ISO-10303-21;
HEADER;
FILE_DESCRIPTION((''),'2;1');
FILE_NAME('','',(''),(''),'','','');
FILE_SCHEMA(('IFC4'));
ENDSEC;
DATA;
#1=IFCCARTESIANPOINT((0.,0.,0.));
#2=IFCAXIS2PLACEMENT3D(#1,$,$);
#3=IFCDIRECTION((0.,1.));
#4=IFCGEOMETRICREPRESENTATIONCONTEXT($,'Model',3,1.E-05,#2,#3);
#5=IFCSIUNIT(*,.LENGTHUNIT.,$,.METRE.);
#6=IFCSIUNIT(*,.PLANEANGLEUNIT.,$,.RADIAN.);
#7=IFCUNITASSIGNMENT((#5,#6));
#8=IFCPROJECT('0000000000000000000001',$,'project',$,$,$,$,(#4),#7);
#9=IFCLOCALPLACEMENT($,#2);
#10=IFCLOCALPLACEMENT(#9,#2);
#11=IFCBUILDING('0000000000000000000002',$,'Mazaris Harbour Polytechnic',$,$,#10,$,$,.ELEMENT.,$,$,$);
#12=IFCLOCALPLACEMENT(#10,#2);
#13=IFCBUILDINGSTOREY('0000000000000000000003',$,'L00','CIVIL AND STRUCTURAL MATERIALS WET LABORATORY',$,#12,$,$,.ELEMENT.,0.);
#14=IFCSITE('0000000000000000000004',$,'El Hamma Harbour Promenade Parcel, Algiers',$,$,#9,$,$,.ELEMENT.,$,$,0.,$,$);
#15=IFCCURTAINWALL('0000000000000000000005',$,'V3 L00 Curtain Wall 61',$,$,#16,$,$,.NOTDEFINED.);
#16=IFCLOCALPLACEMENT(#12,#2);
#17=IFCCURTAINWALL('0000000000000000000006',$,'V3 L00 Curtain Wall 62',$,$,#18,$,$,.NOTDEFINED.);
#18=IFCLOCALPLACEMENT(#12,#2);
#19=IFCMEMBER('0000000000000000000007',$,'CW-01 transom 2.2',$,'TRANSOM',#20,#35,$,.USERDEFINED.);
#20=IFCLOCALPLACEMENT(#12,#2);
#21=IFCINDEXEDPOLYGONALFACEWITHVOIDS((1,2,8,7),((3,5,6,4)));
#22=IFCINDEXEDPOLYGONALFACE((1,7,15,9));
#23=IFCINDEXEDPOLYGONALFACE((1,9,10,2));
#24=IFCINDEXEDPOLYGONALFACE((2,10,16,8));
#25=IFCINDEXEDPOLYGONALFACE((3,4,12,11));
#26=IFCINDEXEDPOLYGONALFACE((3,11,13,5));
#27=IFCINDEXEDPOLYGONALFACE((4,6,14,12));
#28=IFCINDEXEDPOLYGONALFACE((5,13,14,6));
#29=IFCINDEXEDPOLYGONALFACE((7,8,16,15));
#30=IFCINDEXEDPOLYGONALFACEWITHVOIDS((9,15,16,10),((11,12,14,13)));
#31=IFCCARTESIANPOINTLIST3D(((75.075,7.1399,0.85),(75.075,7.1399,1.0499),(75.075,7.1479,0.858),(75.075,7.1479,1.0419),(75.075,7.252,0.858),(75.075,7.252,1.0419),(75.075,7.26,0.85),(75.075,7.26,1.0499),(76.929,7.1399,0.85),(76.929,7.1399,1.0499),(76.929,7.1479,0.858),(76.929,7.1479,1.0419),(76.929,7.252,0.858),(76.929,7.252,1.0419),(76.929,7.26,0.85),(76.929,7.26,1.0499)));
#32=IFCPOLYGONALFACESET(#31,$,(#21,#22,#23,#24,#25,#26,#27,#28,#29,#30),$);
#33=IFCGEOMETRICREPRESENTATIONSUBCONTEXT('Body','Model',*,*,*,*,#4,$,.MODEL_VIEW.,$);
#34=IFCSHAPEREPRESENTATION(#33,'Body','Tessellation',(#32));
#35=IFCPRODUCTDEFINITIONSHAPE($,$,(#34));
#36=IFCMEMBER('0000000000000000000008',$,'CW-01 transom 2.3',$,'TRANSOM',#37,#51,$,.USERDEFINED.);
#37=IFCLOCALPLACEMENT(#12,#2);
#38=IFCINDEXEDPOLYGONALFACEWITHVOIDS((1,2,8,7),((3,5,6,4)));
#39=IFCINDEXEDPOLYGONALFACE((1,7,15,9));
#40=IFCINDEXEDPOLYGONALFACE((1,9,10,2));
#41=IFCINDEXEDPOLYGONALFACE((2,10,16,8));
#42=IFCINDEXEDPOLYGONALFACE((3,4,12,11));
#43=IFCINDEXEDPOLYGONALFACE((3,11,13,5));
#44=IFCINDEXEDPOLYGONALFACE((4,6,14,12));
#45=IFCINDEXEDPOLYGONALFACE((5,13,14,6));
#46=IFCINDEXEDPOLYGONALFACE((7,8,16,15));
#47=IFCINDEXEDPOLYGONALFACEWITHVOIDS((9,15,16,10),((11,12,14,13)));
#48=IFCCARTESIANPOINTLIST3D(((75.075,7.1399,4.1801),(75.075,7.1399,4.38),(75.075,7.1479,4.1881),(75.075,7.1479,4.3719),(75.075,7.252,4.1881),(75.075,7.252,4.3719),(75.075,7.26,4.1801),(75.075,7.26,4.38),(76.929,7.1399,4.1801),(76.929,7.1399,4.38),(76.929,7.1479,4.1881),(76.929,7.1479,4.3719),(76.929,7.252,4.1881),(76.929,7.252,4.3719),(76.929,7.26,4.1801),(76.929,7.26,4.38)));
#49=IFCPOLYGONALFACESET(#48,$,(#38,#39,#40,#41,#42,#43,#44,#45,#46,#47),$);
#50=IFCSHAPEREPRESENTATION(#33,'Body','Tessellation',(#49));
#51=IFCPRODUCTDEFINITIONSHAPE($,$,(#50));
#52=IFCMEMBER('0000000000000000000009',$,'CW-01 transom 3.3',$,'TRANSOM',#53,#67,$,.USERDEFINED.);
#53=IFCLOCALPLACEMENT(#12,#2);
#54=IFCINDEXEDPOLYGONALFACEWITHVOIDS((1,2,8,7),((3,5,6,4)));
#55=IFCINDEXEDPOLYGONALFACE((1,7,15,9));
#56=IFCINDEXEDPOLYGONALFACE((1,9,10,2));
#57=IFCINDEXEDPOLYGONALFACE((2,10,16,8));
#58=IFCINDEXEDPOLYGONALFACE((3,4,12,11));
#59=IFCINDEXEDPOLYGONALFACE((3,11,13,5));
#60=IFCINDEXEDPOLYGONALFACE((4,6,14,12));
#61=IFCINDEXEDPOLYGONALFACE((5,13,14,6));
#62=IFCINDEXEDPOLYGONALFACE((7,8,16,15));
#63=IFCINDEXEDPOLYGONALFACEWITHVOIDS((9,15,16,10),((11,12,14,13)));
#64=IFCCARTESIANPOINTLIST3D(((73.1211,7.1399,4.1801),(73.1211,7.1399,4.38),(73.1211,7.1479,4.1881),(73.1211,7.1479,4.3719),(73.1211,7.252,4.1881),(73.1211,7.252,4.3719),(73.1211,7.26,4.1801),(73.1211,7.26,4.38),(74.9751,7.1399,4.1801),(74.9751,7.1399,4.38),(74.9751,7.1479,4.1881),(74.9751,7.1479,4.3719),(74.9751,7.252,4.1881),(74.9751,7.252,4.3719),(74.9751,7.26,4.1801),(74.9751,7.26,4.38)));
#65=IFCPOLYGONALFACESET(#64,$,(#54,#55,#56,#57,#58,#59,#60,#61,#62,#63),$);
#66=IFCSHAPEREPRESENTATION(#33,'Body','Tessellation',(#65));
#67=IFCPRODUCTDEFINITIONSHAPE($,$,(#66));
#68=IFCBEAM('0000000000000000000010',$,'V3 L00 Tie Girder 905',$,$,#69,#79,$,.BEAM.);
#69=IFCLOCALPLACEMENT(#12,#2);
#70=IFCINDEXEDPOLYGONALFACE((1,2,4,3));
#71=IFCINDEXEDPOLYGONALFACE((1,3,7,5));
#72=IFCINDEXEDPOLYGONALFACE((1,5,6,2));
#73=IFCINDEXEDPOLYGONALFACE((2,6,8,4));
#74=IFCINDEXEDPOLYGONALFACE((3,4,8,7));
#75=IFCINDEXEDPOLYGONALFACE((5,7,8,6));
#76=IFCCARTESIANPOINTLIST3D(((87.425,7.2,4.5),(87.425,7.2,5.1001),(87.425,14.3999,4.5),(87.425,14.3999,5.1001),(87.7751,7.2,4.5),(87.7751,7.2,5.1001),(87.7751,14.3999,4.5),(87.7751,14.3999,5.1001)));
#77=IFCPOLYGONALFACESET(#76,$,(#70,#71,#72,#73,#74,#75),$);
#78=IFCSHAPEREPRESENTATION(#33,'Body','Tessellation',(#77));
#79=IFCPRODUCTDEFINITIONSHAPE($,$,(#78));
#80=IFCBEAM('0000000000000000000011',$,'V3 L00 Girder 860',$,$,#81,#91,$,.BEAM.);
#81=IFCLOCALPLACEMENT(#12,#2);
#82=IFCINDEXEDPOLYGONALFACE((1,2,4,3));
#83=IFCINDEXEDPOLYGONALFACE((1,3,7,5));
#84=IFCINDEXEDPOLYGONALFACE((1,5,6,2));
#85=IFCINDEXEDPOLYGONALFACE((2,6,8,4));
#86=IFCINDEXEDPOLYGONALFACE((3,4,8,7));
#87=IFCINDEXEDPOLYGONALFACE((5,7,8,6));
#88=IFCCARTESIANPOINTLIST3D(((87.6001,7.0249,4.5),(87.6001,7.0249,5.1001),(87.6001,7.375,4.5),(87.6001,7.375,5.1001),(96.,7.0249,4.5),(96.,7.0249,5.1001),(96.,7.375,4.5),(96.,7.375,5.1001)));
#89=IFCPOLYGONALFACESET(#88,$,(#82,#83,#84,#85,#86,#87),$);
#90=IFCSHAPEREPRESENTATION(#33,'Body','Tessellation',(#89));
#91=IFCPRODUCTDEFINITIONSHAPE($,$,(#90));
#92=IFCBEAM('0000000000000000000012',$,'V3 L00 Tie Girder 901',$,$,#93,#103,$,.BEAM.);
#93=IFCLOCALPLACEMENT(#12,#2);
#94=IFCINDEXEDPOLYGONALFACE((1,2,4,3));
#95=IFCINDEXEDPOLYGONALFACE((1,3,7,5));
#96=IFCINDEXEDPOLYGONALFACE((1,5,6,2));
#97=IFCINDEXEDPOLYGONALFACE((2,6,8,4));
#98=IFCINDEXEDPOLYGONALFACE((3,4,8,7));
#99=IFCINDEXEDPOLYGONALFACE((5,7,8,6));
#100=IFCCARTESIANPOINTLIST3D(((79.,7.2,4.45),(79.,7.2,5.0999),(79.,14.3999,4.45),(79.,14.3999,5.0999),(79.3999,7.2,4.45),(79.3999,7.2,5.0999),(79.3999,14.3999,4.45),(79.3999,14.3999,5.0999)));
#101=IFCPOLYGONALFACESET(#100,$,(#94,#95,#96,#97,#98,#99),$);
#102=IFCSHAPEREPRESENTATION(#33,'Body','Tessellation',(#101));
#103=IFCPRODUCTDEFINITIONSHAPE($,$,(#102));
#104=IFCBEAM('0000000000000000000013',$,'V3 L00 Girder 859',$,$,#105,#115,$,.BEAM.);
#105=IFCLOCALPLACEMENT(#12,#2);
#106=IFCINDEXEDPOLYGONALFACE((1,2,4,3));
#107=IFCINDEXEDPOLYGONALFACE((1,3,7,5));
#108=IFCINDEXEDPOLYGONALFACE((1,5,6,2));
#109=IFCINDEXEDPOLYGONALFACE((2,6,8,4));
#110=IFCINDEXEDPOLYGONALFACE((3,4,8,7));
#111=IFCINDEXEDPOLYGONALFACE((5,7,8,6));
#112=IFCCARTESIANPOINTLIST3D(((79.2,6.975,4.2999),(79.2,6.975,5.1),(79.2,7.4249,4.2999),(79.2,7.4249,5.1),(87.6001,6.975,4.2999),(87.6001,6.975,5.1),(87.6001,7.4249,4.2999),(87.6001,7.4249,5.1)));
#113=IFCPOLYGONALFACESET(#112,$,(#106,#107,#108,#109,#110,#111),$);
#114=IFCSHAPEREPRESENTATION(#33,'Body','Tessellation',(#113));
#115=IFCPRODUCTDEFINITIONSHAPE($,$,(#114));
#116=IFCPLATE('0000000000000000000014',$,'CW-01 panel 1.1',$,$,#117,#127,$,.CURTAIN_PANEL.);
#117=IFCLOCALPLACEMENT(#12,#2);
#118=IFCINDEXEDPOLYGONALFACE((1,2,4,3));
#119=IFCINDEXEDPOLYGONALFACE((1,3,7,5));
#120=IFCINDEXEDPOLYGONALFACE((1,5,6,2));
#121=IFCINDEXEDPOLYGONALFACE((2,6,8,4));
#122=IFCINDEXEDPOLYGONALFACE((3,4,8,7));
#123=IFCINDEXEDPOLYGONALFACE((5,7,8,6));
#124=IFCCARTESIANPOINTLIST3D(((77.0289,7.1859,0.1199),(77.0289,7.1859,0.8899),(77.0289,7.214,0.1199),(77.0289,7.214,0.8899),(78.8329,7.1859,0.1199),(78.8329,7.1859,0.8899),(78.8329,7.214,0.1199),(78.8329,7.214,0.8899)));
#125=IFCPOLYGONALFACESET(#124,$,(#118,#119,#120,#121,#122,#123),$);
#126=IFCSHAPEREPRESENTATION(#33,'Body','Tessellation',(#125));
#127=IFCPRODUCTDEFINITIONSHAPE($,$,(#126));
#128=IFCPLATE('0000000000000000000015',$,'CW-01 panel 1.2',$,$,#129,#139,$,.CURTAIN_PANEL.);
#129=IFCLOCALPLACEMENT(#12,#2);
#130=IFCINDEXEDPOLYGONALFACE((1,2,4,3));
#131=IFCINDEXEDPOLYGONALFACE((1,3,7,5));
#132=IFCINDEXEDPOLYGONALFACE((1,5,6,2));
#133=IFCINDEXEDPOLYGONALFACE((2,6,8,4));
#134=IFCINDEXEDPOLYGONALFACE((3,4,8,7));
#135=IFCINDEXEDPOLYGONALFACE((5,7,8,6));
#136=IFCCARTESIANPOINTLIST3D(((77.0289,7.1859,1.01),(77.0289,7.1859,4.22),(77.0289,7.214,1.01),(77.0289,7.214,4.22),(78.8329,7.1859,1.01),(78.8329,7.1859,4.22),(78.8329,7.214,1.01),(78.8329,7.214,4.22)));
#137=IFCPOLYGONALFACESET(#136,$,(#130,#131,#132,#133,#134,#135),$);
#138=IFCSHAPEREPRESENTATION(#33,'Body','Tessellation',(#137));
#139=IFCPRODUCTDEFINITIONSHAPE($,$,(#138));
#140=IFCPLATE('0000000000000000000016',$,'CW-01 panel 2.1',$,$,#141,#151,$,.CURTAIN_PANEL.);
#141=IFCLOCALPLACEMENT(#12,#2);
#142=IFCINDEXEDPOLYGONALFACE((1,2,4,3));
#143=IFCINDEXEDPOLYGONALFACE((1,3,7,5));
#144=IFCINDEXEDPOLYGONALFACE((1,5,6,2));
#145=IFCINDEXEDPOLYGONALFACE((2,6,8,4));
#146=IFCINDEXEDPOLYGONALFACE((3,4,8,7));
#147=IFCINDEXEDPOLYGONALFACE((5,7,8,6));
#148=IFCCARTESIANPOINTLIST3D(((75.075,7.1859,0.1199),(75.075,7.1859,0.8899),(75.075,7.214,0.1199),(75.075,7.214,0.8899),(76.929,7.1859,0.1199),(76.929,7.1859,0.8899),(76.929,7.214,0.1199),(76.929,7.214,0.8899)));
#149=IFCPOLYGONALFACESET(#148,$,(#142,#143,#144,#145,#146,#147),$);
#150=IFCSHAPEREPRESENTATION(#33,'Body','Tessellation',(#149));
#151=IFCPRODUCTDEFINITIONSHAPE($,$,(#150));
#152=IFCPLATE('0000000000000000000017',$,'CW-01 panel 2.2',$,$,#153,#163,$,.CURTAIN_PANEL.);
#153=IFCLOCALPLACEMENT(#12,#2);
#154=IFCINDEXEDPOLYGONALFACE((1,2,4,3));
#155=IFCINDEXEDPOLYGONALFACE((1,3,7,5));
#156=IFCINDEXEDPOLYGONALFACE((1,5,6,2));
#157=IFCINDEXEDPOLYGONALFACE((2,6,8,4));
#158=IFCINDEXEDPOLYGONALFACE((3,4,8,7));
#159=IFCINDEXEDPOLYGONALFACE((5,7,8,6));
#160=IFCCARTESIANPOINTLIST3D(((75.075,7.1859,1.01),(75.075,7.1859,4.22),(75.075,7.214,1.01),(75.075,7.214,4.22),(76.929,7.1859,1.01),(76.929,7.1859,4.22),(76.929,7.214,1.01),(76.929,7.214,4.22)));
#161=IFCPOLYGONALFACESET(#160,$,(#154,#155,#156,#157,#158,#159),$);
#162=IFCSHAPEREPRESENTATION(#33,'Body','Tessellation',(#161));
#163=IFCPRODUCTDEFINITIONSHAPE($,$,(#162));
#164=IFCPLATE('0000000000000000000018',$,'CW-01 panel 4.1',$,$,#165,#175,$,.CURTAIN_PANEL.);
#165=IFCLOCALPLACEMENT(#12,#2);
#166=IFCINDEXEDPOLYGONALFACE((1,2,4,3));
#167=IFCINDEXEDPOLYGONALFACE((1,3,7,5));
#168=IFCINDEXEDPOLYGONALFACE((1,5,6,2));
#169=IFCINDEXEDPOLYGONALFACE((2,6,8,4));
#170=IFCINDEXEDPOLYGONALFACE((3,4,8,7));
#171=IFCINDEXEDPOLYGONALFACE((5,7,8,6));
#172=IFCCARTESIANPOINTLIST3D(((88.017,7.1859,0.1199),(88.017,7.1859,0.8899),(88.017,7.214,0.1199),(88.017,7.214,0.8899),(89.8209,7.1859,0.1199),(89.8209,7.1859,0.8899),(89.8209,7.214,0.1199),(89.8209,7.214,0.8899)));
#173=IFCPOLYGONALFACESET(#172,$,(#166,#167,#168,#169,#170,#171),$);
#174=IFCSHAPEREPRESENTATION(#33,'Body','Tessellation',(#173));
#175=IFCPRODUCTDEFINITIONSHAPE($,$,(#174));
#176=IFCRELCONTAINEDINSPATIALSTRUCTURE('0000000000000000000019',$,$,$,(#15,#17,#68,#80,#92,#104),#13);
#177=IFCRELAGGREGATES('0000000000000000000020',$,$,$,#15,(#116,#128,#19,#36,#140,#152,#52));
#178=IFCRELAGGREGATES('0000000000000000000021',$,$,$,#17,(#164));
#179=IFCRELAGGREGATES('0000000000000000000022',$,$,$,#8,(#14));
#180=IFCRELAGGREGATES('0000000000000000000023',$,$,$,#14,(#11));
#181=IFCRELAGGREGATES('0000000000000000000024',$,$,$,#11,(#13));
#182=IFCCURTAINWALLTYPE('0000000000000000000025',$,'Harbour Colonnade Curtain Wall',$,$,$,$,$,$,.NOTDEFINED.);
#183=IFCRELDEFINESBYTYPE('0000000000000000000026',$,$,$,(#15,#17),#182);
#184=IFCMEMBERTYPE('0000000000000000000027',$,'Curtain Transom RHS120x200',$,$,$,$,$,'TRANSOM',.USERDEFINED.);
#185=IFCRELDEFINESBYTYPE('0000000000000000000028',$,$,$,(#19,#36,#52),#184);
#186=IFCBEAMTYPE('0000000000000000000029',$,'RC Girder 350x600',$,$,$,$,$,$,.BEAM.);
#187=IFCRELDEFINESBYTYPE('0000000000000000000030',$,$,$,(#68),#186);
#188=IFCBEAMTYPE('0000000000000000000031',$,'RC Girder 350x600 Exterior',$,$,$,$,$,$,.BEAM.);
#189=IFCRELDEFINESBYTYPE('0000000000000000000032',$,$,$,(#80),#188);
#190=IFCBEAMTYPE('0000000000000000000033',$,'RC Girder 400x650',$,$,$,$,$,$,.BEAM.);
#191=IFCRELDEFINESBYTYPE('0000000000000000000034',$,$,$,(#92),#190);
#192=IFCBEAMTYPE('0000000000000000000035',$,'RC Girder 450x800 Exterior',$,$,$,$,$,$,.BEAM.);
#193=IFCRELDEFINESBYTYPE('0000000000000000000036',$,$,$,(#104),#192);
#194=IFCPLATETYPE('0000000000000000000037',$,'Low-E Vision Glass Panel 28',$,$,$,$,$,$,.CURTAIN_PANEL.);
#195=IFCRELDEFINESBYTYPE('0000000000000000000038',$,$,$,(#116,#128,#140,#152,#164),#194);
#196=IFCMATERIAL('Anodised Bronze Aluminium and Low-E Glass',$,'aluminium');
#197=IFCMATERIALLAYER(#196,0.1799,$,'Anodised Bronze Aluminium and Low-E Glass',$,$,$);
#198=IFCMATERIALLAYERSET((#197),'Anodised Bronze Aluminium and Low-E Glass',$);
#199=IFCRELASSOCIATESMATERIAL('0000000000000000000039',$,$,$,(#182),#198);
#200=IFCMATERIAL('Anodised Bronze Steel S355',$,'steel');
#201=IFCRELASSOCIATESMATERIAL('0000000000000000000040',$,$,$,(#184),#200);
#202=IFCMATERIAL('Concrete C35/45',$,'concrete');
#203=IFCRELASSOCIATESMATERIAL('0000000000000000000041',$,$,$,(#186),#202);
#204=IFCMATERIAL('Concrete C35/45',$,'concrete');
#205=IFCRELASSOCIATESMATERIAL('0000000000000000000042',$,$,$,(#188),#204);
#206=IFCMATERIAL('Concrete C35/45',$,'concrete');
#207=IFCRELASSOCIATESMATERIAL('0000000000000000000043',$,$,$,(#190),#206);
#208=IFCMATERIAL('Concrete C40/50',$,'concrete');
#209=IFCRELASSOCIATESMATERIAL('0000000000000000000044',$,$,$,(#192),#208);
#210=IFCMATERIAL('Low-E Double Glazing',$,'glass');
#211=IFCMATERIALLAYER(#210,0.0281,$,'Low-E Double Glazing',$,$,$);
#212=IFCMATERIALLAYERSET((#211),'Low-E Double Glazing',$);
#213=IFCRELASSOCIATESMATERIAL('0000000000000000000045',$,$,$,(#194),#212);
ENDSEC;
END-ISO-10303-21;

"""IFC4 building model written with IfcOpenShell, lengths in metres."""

from ifc_helpers import new_model, si_unit, direction, frame, origin, origin_2d, place, context, subcontext, project, spatial, rectangle, hollow_rectangle, extrude, material, layer, layer_set, material_profile, profile_set, type_object, element, aggregate, save


model = new_model("IFC4")

# Units and contexts
model_context = context("Model", 3, precision=1e-05, world=origin(), true_north=direction((0.0, 1.0)))
body_context = subcontext(model_context, "Body", "Model", "MODEL_VIEW")
ifc_project = project(units=[si_unit("LENGTHUNIT", "METRE"), si_unit("PLANEANGLEUNIT", "RADIAN")], contexts=[model_context])

# Site, building, storey
site_placement = place(None, origin())
site = spatial("IfcSite", under=ifc_project, at=site_placement, Name="El Hamma Harbour Promenade Parcel, Algiers", CompositionType="ELEMENT", RefElevation=0.0)
building_placement = place(site_placement, origin())
building = spatial("IfcBuilding", under=site, at=building_placement, Name="Mazaris Harbour Polytechnic", CompositionType="ELEMENT")
storey_placement = place(building_placement, origin())
storey = spatial("IfcBuildingStorey", under=building, at=storey_placement, Name="L00", Description="CIVIL AND STRUCTURAL MATERIALS WET LABORATORY", CompositionType="ELEMENT", Elevation=0.0)

# Curtain wall
ifc_material_1 = material(Name="Anodised Bronze Aluminium and Low-E Glass", Category="aluminium")
ifc_layer_1 = layer(ifc_material_1, 0.1799, Name="Anodised Bronze Aluminium and Low-E Glass")
ifc_layer_set_1 = layer_set([ifc_layer_1], Name="Anodised Bronze Aluminium and Low-E Glass")
curtain_wall_type = type_object("IfcCurtainWallType", Name="Harbour Colonnade Curtain Wall", PredefinedType="NOTDEFINED", material=ifc_layer_set_1)
curtain_wall_1_placement = place(storey_placement, origin())
curtain_wall_1 = element("IfcCurtainWall", 1, at=curtain_wall_1_placement, inside=storey, type_object=curtain_wall_type, Name="V3 L00 Curtain Wall 61", PredefinedType="NOTDEFINED")

# Curtain wall
curtain_wall_2_placement = place(storey_placement, origin())
curtain_wall_2 = element("IfcCurtainWall", 2, at=curtain_wall_2_placement, inside=storey, type_object=curtain_wall_type, Name="V3 L00 Curtain Wall 62", PredefinedType="NOTDEFINED")

# Members
ifc_material_2 = material(Name="Anodised Bronze Steel S355", Category="steel")
ifc_material_profile_1 = material_profile(ifc_material_2, hollow_rectangle(XDim=0.1201, YDim=0.2, WallThickness=0.0081, at=origin_2d()), Name="RHS 120x200x8.0")
ifc_profile_set_1 = profile_set([ifc_material_profile_1], Name="Anodised Bronze Steel S355")
member_type_1 = type_object("IfcMemberType", Name="Curtain Transom RHS120x200", ElementType="TRANSOM", PredefinedType="USERDEFINED", material=ifc_profile_set_1)
member_1_placement = place(storey_placement, frame((76.929, 7.2, 0.95), z_axis=(-1.0, 0.0, 0.0), x_axis=(0.0, -1.0, 0.0)))
member_1 = element("IfcMember", 3, at=member_1_placement, type_object=member_type_1, Name="CW-01 transom 2.2", ObjectType="TRANSOM", PredefinedType="USERDEFINED", context=body_context, shape_type="SweptSolid", body=[
    extrude(hollow_rectangle(XDim=0.1201, YDim=0.2, WallThickness=0.0081, at=origin_2d()), origin(), (0.0, 0.0, 1.0), 1.854),
])
member_2_placement = place(storey_placement, frame((76.929, 7.2, 4.28), z_axis=(-1.0, 0.0, 0.0), x_axis=(0.0, -1.0, 0.0)))
member_2 = element("IfcMember", 4, at=member_2_placement, type_object=member_type_1, Name="CW-01 transom 2.3", ObjectType="TRANSOM", PredefinedType="USERDEFINED", context=body_context, shape_type="SweptSolid", body=[
    extrude(hollow_rectangle(XDim=0.1201, YDim=0.2, WallThickness=0.0081, at=origin_2d()), origin(), (0.0, 0.0, 1.0), 1.854),
])
member_3_placement = place(storey_placement, frame((74.9751, 7.2, 4.28), z_axis=(-1.0, 0.0, 0.0), x_axis=(0.0, -1.0, 0.0)))
member_3 = element("IfcMember", 5, at=member_3_placement, type_object=member_type_1, Name="CW-01 transom 3.3", ObjectType="TRANSOM", PredefinedType="USERDEFINED", context=body_context, shape_type="SweptSolid", body=[
    extrude(hollow_rectangle(XDim=0.1201, YDim=0.2, WallThickness=0.0081, at=origin_2d()), origin(), (0.0, 0.0, 1.0), 1.854),
])

# Beams
ifc_material_3 = material(Name="Concrete C35/45", Category="concrete")
ifc_material_profile_2 = material_profile(ifc_material_3, rectangle(XDim=0.3501, YDim=0.6001, at=origin_2d()), Name="RECT350x600")
ifc_profile_set_2 = profile_set([ifc_material_profile_2], Name="Concrete C35/45")
beam_type_1 = type_object("IfcBeamType", Name="RC Girder 350x600", PredefinedType="BEAM", material=ifc_profile_set_2)
beam_1_placement = place(storey_placement, frame((87.6001, 7.2, 4.8), z_axis=(0.0, 1.0, 0.0), x_axis=(-1.0, 0.0, 0.0)))
element("IfcBeam", 6, at=beam_1_placement, inside=storey, type_object=beam_type_1, Name="V3 L00 Tie Girder 905", PredefinedType="BEAM", context=body_context, shape_type="SweptSolid", body=[
    extrude(rectangle(XDim=0.3501, YDim=0.6001, at=origin_2d()), origin(), (0.0, 0.0, 1.0), 7.2),
])
ifc_material_4 = material(Name="Concrete C35/45", Category="concrete")
ifc_material_profile_3 = material_profile(ifc_material_4, rectangle(XDim=0.3501, YDim=0.6001, at=origin_2d()), Name="RECT350x600")
ifc_profile_set_3 = profile_set([ifc_material_profile_3], Name="Concrete C35/45")
beam_type_2 = type_object("IfcBeamType", Name="RC Girder 350x600 Exterior", PredefinedType="BEAM", material=ifc_profile_set_3)
beam_2_placement = place(storey_placement, frame((87.6001, 7.2, 4.8), z_axis=(1.0, 0.0, 0.0), x_axis=(0.0, 1.0, 0.0)))
element("IfcBeam", 7, at=beam_2_placement, inside=storey, type_object=beam_type_2, Name="V3 L00 Girder 860", PredefinedType="BEAM", context=body_context, shape_type="SweptSolid", body=[
    extrude(rectangle(XDim=0.3501, YDim=0.6001, at=origin_2d()), origin(), (0.0, 0.0, 1.0), 8.3999),
])
ifc_material_5 = material(Name="Concrete C35/45", Category="concrete")
ifc_material_profile_4 = material_profile(ifc_material_5, rectangle(XDim=0.3999, YDim=0.6499, at=origin_2d()), Name="RECT400x650")
ifc_profile_set_4 = profile_set([ifc_material_profile_4], Name="Concrete C35/45")
beam_type_3 = type_object("IfcBeamType", Name="RC Girder 400x650", PredefinedType="BEAM", material=ifc_profile_set_4)
beam_3_placement = place(storey_placement, frame((79.2, 7.2, 4.7749), z_axis=(0.0, 1.0, 0.0), x_axis=(-1.0, 0.0, 0.0)))
element("IfcBeam", 8, at=beam_3_placement, inside=storey, type_object=beam_type_3, Name="V3 L00 Tie Girder 901", PredefinedType="BEAM", context=body_context, shape_type="SweptSolid", body=[
    extrude(rectangle(XDim=0.3999, YDim=0.6499, at=origin_2d()), origin(), (0.0, 0.0, 1.0), 7.2),
])
ifc_material_6 = material(Name="Concrete C40/50", Category="concrete")
ifc_material_profile_5 = material_profile(ifc_material_6, rectangle(XDim=0.45, YDim=0.8, at=origin_2d()), Name="RECT450x800")
ifc_profile_set_5 = profile_set([ifc_material_profile_5], Name="Concrete C40/50")
beam_type_4 = type_object("IfcBeamType", Name="RC Girder 450x800 Exterior", PredefinedType="BEAM", material=ifc_profile_set_5)
beam_4_placement = place(storey_placement, frame((79.2, 7.2, 4.7), z_axis=(1.0, 0.0, 0.0), x_axis=(0.0, 1.0, 0.0)))
element("IfcBeam", 9, at=beam_4_placement, inside=storey, type_object=beam_type_4, Name="V3 L00 Girder 859", PredefinedType="BEAM", context=body_context, shape_type="SweptSolid", body=[
    extrude(rectangle(XDim=0.45, YDim=0.8, at=origin_2d()), origin(), (0.0, 0.0, 1.0), 8.4001),
])

# Plates
ifc_material_7 = material(Name="Low-E Double Glazing", Category="glass")
ifc_layer_2 = layer(ifc_material_7, 0.0281, Name="Low-E Double Glazing")
ifc_layer_set_2 = layer_set([ifc_layer_2], Name="Low-E Double Glazing")
plate_type = type_object("IfcPlateType", Name="Low-E Vision Glass Panel 28", PredefinedType="CURTAIN_PANEL", material=ifc_layer_set_2)
plate_1_placement = place(storey_placement, frame((77.9309, 7.2, 0.1199), z_axis=(0.0, 0.0, 1.0), x_axis=(-1.0, 0.0, 0.0)))
plate_1 = element("IfcPlate", 10, at=plate_1_placement, type_object=plate_type, Name="CW-01 panel 1.1", PredefinedType="CURTAIN_PANEL", context=body_context, shape_type="SweptSolid", body=[
    extrude(rectangle(XDim=1.804, YDim=0.0281, at=origin_2d()), origin(), (0.0, 0.0, 1.0), 0.77),
])
plate_2_placement = place(storey_placement, frame((77.9309, 7.2, 1.01), z_axis=(0.0, 0.0, 1.0), x_axis=(-1.0, 0.0, 0.0)))
plate_2 = element("IfcPlate", 11, at=plate_2_placement, type_object=plate_type, Name="CW-01 panel 1.2", PredefinedType="CURTAIN_PANEL", context=body_context, shape_type="SweptSolid", body=[
    extrude(rectangle(XDim=1.804, YDim=0.0281, at=origin_2d()), origin(), (0.0, 0.0, 1.0), 3.21),
])
plate_3_placement = place(storey_placement, frame((76.002, 7.2, 0.1199), z_axis=(0.0, 0.0, 1.0), x_axis=(-1.0, 0.0, 0.0)))
plate_3 = element("IfcPlate", 12, at=plate_3_placement, type_object=plate_type, Name="CW-01 panel 2.1", PredefinedType="CURTAIN_PANEL", context=body_context, shape_type="SweptSolid", body=[
    extrude(rectangle(XDim=1.854, YDim=0.0281, at=origin_2d()), origin(), (0.0, 0.0, 1.0), 0.77),
])
plate_4_placement = place(storey_placement, frame((76.002, 7.2, 1.01), z_axis=(0.0, 0.0, 1.0), x_axis=(-1.0, 0.0, 0.0)))
plate_4 = element("IfcPlate", 13, at=plate_4_placement, type_object=plate_type, Name="CW-01 panel 2.2", PredefinedType="CURTAIN_PANEL", context=body_context, shape_type="SweptSolid", body=[
    extrude(rectangle(XDim=1.854, YDim=0.0281, at=origin_2d()), origin(), (0.0, 0.0, 1.0), 3.21),
])
aggregate(curtain_wall_1, [plate_1, plate_2, member_1, member_2, plate_3, plate_4, member_3])
plate_5_placement = place(storey_placement, frame((88.9189, 7.2, 0.1199), z_axis=(0.0, 0.0, 1.0), x_axis=(-1.0, 0.0, 0.0)))
plate_5 = element("IfcPlate", 14, at=plate_5_placement, type_object=plate_type, Name="CW-01 panel 4.1", PredefinedType="CURTAIN_PANEL", context=body_context, shape_type="SweptSolid", body=[
    extrude(rectangle(XDim=1.804, YDim=0.0281, at=origin_2d()), origin(), (0.0, 0.0, 1.0), 0.77),
])
aggregate(curtain_wall_2, [plate_5])

save(model, "model.ifc")
